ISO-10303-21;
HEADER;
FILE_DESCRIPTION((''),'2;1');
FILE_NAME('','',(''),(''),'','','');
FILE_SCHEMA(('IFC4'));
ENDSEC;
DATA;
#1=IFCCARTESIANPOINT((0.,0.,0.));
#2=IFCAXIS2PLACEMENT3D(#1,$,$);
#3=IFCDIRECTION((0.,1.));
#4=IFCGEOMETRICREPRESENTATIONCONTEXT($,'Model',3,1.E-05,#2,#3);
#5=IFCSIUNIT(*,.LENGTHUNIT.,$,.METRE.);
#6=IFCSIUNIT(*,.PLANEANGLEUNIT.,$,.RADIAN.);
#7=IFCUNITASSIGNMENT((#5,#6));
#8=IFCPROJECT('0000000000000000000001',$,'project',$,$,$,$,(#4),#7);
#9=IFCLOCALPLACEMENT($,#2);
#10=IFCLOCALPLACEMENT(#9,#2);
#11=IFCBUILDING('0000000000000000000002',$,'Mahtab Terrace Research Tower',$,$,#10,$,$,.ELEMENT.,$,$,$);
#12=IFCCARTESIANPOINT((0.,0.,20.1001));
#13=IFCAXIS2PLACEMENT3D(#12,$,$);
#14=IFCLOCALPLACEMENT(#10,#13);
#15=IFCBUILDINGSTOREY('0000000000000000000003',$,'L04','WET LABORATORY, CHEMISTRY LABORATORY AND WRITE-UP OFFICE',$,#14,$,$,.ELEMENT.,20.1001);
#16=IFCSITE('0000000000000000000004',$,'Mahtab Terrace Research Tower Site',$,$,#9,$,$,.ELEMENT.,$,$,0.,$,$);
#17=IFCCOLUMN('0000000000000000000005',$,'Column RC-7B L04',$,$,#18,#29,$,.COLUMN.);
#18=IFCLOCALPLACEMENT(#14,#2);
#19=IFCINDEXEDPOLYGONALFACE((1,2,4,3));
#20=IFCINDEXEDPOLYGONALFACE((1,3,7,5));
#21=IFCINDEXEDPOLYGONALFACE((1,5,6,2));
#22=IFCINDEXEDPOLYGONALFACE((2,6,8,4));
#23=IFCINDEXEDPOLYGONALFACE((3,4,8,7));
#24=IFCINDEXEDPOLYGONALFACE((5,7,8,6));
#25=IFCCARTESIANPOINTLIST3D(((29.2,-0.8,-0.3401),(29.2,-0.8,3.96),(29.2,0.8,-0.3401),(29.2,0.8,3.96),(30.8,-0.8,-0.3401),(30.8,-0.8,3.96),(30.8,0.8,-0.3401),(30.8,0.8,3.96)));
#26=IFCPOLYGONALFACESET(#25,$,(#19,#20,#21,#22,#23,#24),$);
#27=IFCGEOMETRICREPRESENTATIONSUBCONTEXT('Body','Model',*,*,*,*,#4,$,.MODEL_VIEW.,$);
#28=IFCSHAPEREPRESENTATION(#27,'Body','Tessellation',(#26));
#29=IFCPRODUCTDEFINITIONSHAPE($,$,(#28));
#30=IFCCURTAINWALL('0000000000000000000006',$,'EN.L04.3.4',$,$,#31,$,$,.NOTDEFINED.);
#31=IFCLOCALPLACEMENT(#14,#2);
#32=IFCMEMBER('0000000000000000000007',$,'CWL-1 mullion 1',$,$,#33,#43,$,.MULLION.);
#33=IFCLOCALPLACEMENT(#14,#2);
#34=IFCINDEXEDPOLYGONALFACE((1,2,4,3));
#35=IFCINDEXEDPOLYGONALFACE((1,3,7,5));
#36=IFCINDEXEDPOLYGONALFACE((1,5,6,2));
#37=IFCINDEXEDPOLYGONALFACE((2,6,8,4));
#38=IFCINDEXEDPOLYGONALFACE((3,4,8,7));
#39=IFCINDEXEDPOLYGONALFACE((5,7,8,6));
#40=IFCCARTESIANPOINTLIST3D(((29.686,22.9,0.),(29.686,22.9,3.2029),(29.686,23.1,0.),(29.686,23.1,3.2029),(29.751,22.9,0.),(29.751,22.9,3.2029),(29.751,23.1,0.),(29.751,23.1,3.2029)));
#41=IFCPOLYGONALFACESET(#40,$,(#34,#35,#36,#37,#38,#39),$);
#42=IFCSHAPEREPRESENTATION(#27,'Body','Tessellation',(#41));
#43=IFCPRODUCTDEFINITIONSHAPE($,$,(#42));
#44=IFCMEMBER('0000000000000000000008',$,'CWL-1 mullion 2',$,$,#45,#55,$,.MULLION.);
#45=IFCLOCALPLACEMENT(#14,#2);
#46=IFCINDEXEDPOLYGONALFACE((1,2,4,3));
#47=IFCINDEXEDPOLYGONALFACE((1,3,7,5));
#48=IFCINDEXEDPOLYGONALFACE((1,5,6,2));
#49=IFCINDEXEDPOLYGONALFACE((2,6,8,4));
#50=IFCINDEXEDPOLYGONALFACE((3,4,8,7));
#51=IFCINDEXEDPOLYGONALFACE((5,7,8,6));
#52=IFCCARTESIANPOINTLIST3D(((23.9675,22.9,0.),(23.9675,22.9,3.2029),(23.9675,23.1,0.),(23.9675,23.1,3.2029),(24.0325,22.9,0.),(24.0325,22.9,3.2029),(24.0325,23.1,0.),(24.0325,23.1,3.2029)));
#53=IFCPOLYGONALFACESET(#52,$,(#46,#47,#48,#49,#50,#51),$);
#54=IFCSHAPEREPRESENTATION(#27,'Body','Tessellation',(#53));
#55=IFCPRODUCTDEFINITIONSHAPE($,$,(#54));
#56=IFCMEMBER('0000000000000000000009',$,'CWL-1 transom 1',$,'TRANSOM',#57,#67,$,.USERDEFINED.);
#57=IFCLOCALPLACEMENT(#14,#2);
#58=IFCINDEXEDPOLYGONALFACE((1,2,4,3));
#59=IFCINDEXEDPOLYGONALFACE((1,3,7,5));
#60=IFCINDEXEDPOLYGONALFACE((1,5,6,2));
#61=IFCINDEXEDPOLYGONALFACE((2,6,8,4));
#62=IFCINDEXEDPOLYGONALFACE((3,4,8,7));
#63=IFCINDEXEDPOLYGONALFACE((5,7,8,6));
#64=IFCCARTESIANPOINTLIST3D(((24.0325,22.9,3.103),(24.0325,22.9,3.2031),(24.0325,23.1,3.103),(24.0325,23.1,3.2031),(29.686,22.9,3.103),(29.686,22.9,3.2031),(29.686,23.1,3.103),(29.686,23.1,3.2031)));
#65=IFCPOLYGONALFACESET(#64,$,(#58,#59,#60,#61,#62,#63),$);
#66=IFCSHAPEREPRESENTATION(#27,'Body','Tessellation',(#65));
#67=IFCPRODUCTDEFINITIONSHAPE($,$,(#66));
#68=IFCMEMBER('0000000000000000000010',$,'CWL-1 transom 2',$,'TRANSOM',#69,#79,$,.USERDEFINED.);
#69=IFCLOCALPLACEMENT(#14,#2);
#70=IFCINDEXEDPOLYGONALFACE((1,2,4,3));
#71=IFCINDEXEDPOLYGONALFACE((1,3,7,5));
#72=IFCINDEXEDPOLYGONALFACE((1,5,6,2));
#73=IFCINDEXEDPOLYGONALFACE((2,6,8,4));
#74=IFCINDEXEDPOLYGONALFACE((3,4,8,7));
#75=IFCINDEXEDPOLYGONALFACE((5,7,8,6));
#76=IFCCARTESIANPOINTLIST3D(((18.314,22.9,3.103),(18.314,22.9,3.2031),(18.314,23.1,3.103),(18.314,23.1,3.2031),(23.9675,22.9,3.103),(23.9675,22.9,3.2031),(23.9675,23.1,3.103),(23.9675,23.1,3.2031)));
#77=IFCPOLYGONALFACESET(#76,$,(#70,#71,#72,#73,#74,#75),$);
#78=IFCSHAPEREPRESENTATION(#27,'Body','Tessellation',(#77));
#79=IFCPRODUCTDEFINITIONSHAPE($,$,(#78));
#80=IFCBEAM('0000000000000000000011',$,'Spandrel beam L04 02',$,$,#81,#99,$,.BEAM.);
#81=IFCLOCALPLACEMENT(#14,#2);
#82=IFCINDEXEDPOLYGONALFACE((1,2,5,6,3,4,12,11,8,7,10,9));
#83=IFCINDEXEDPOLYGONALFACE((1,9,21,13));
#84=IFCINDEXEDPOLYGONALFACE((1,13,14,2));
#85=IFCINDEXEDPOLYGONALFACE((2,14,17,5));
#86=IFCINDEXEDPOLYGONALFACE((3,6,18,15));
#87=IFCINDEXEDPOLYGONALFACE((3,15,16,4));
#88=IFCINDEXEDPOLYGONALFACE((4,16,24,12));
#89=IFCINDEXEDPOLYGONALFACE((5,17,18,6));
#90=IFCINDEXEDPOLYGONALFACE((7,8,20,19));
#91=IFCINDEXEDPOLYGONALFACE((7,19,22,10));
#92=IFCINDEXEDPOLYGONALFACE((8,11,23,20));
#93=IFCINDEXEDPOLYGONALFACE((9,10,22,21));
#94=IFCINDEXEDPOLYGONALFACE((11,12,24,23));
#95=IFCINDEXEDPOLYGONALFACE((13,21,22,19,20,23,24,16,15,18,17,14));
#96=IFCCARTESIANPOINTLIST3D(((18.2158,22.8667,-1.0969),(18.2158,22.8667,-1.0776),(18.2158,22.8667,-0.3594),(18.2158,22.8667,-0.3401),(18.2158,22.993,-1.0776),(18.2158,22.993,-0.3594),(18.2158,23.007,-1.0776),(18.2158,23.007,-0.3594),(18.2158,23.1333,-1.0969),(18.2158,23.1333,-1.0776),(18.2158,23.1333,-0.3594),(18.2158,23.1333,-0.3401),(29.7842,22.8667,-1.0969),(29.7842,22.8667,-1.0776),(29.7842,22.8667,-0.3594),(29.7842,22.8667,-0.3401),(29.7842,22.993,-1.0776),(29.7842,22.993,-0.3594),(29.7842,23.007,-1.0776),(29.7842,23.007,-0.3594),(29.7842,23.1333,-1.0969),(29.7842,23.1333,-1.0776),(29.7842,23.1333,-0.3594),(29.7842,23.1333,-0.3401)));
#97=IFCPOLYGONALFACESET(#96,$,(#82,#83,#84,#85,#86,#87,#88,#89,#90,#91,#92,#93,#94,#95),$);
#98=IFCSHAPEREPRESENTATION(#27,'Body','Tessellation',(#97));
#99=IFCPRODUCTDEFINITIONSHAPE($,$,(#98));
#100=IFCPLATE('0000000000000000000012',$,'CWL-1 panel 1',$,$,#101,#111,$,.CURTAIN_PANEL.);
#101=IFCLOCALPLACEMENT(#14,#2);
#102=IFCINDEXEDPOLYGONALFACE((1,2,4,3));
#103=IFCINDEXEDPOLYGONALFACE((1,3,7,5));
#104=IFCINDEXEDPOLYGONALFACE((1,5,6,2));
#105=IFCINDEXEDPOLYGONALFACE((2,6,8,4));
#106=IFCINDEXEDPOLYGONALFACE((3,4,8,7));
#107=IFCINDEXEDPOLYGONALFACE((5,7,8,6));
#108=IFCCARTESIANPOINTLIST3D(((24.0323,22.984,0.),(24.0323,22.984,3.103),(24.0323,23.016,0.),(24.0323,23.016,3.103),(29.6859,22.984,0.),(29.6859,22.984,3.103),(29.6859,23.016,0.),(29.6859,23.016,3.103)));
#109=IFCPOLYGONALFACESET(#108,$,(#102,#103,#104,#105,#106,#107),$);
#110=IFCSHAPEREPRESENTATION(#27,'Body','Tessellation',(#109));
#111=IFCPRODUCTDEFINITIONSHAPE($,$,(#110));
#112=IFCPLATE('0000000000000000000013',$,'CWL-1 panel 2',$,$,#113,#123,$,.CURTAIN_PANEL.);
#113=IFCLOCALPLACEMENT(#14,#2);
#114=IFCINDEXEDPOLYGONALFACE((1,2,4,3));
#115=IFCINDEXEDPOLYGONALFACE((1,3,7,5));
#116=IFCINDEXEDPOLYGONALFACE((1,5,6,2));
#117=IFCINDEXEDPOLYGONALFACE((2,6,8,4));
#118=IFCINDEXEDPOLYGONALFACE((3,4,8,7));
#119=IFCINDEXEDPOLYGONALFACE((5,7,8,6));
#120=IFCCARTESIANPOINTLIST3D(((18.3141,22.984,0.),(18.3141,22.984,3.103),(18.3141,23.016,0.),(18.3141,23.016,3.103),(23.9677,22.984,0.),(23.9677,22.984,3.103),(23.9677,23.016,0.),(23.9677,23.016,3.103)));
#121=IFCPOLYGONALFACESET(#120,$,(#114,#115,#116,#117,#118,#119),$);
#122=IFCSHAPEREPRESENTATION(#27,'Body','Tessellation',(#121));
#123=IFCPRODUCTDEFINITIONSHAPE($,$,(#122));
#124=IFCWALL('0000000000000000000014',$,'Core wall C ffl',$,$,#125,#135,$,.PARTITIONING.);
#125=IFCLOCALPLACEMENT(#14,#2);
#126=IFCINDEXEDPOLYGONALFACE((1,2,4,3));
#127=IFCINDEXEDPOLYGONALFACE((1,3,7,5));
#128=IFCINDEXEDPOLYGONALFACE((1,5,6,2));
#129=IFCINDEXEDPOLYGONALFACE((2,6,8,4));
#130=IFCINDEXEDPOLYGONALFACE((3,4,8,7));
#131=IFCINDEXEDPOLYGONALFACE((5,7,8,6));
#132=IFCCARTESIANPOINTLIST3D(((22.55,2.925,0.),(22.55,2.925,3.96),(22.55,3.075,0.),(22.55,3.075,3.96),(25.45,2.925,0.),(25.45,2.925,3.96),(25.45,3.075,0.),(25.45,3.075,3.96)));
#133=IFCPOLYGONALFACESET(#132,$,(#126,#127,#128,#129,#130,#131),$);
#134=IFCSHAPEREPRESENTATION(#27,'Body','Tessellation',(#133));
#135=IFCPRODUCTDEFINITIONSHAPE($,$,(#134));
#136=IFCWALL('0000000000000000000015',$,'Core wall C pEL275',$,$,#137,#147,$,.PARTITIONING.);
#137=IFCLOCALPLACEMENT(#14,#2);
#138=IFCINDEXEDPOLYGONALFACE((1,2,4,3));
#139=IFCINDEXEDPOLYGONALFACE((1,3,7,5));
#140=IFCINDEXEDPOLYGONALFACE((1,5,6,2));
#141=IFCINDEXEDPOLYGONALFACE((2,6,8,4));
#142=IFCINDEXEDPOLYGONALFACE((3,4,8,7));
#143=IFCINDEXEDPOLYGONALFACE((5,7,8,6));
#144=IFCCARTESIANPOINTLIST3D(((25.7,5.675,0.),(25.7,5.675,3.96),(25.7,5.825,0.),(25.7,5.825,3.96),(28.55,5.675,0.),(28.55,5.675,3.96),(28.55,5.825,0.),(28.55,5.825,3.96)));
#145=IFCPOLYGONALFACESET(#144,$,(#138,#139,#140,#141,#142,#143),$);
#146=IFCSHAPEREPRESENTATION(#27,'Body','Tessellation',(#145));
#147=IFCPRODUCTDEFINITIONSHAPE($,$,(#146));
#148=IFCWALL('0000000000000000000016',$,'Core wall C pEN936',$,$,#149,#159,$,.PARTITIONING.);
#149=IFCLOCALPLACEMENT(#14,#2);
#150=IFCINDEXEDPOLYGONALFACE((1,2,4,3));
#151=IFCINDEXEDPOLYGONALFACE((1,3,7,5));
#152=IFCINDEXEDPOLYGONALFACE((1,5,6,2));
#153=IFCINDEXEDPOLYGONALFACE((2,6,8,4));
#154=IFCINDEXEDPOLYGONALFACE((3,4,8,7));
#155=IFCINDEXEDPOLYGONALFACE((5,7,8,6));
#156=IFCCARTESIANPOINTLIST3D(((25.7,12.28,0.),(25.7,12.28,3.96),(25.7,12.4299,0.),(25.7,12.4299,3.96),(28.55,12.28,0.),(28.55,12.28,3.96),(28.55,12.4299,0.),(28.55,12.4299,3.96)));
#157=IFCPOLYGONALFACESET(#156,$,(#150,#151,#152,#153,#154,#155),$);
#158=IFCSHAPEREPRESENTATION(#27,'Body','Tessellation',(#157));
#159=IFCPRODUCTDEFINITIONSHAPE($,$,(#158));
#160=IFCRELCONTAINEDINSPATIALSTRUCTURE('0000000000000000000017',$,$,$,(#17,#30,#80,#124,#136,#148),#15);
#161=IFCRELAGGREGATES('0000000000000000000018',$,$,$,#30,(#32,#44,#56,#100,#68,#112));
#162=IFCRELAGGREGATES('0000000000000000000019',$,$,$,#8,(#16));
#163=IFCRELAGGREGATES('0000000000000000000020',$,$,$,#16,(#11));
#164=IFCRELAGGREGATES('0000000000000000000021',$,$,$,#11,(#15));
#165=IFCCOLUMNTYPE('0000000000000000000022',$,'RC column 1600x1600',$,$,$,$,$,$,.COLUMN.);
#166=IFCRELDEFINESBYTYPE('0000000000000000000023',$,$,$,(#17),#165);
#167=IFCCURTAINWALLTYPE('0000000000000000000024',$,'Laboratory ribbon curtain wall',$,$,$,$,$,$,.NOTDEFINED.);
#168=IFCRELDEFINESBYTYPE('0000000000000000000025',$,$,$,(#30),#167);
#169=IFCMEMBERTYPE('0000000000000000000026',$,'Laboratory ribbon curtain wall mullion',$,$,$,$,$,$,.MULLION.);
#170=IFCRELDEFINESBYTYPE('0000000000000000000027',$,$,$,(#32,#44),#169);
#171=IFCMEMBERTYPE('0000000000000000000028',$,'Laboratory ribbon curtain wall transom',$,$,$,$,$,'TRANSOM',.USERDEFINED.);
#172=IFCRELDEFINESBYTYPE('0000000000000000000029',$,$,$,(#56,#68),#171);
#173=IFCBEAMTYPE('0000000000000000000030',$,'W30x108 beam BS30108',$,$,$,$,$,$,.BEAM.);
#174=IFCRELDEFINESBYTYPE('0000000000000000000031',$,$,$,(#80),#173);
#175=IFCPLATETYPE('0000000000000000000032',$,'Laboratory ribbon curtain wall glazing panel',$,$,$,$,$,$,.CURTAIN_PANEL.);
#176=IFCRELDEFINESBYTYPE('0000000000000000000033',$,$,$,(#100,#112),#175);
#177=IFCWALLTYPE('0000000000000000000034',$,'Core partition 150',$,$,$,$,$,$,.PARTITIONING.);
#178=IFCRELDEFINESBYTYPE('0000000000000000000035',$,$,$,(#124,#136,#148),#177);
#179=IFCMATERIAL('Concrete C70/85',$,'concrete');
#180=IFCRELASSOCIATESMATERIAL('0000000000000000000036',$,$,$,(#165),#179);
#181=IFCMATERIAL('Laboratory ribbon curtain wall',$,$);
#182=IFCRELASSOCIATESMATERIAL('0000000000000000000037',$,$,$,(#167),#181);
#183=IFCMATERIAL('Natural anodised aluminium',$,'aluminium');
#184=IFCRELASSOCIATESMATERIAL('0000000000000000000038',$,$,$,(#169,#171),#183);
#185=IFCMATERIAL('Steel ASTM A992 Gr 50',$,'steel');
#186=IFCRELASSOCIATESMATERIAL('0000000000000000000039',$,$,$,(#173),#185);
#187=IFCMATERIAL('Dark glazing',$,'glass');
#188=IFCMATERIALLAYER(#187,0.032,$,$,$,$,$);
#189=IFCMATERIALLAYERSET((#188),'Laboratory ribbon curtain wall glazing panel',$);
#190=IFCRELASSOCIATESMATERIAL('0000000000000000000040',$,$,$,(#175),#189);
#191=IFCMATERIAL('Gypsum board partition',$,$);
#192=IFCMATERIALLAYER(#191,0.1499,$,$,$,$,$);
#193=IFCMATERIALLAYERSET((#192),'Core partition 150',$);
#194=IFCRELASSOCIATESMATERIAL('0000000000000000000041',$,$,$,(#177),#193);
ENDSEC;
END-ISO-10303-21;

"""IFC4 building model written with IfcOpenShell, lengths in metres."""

from ifc_helpers import new_model, si_unit, direction, frame, frame_2d, origin, origin_2d, place, context, subcontext, project, spatial, rectangle, i_section, extrude, material, layer, layer_set, material_profile, profile_set, type_object, element, aggregate, save


model = new_model("IFC4")

# Units and contexts
model_context = context("Model", 3, precision=1e-05, world=origin(), true_north=direction((0.0, 1.0)))
body_context = subcontext(model_context, "Body", "Model", "MODEL_VIEW")
ifc_project = project(units=[si_unit("LENGTHUNIT", "METRE"), si_unit("PLANEANGLEUNIT", "RADIAN")], contexts=[model_context])

# Site, building, storey
site_placement = place(None, origin())
site = spatial("IfcSite", under=ifc_project, at=site_placement, Name="Mahtab Terrace Research Tower Site", CompositionType="ELEMENT", RefElevation=0.0)
building_placement = place(site_placement, origin())
building = spatial("IfcBuilding", under=site, at=building_placement, Name="Mahtab Terrace Research Tower", CompositionType="ELEMENT")
storey_placement = place(building_placement, frame((0.0, 0.0, 20.1001)))
storey = spatial("IfcBuildingStorey", under=building, at=storey_placement, Name="L04", Description="WET LABORATORY, CHEMISTRY LABORATORY AND WRITE-UP OFFICE", CompositionType="ELEMENT", Elevation=20.1001)

# Column
ifc_material_1 = material(Name="Concrete C70/85", Category="concrete")
ifc_material_profile_1 = material_profile(ifc_material_1, rectangle(XDim=1.6001, YDim=1.6001, at=origin_2d()), Name="RC column 1600x1600")
ifc_profile_set_1 = profile_set([ifc_material_profile_1], Name="Concrete C70/85")
column_type = type_object("IfcColumnType", Name="RC column 1600x1600", PredefinedType="COLUMN", material=ifc_profile_set_1)
column_placement = place(storey_placement, frame((30.0, 0.0, -0.3401), z_axis=(0.0, 0.0, 1.0), x_axis=(1.0, 0.0, 0.0)))
element("IfcColumn", 1, at=column_placement, inside=storey, type_object=column_type, Name="Column RC-7B L04", PredefinedType="COLUMN", context=body_context, shape_type="SweptSolid", body=[
    extrude(rectangle(XDim=1.6001, YDim=1.6001, at=origin_2d()), origin(), (0.0, 0.0, 1.0), 4.3),
])

# Curtain wall, members
ifc_material_2 = material(Name="Laboratory ribbon curtain wall")
curtain_wall_type = type_object("IfcCurtainWallType", Name="Laboratory ribbon curtain wall", PredefinedType="NOTDEFINED", material=ifc_material_2)
curtain_wall_placement = place(storey_placement, origin())
curtain_wall = element("IfcCurtainWall", 2, at=curtain_wall_placement, inside=storey, type_object=curtain_wall_type, Name="EN.L04.3.4", PredefinedType="NOTDEFINED")
ifc_material_3 = material(Name="Natural anodised aluminium", Category="aluminium")
ifc_material_profile_2 = material_profile(ifc_material_3, rectangle(XDim=0.2, YDim=0.0649, at=origin_2d()), Name="MULLION 65x200")
ifc_profile_set_2 = profile_set([ifc_material_profile_2], Name="Natural anodised aluminium")
member_type_1 = type_object("IfcMemberType", Name="Laboratory ribbon curtain wall mullion", PredefinedType="MULLION", material=ifc_profile_set_2)
member_1_placement = place(storey_placement, frame((29.7185, 23.0, 0.0), z_axis=(0.0, 0.0, 1.0), x_axis=(0.0, -1.0, 0.0)))
member_1 = element("IfcMember", 3, at=member_1_placement, type_object=member_type_1, Name="CWL-1 mullion 1", PredefinedType="MULLION", context=body_context, shape_type="SweptSolid", body=[
    extrude(rectangle(XDim=0.2, YDim=0.0649, at=origin_2d()), origin(), (0.0, 0.0, 1.0), 3.2029),
])
member_2_placement = place(storey_placement, frame((24.0, 23.0, 0.0), z_axis=(0.0, 0.0, 1.0), x_axis=(0.0, -1.0, 0.0)))
member_2 = element("IfcMember", 4, at=member_2_placement, type_object=member_type_1, Name="CWL-1 mullion 2", PredefinedType="MULLION", context=body_context, shape_type="SweptSolid", body=[
    extrude(rectangle(XDim=0.2, YDim=0.0649, at=origin_2d()), origin(), (0.0, 0.0, 1.0), 3.2029),
])
ifc_material_profile_3 = material_profile(ifc_material_3, rectangle(XDim=0.2, YDim=0.1001, at=origin_2d()), Name="TRANSOM 100x200")
ifc_profile_set_3 = profile_set([ifc_material_profile_3], Name="Natural anodised aluminium")
member_type_2 = type_object("IfcMemberType", Name="Laboratory ribbon curtain wall transom", ElementType="TRANSOM", PredefinedType="USERDEFINED", material=ifc_profile_set_3)
member_3_placement = place(storey_placement, frame((29.686, 23.0, 3.1531), z_axis=(-1.0, 0.0, 0.0), x_axis=(0.0, -1.0, 0.0)))
member_3 = element("IfcMember", 5, at=member_3_placement, type_object=member_type_2, Name="CWL-1 transom 1", ObjectType="TRANSOM", PredefinedType="USERDEFINED", context=body_context, shape_type="SweptSolid", body=[
    extrude(rectangle(XDim=0.2, YDim=0.1001, at=origin_2d()), origin(), (0.0, 0.0, 1.0), 5.6536),
])
member_4_placement = place(storey_placement, frame((23.9675, 23.0, 3.1531), z_axis=(-1.0, 0.0, 0.0), x_axis=(0.0, -1.0, 0.0)))
member_4 = element("IfcMember", 6, at=member_4_placement, type_object=member_type_2, Name="CWL-1 transom 2", ObjectType="TRANSOM", PredefinedType="USERDEFINED", context=body_context, shape_type="SweptSolid", body=[
    extrude(rectangle(XDim=0.2, YDim=0.1001, at=origin_2d()), origin(), (0.0, 0.0, 1.0), 5.6536),
])

# Beam
ifc_material_4 = material(Name="Steel ASTM A992 Gr 50", Category="steel")
ifc_material_profile_4 = material_profile(ifc_material_4, i_section(OverallWidth=0.2666, OverallDepth=0.7568, WebThickness=0.0139, FlangeThickness=0.0193, at=origin_2d()), Name="W30X108")
ifc_profile_set_4 = profile_set([ifc_material_profile_4], Name="Steel ASTM A992 Gr 50")
beam_type = type_object("IfcBeamType", Name="W30x108 beam BS30108", PredefinedType="BEAM", material=ifc_profile_set_4)
beam_placement = place(storey_placement, frame((29.7842, 23.0, -0.7185), z_axis=(-1.0, 0.0, 0.0), x_axis=(0.0, -1.0, 0.0)))
element("IfcBeam", 7, at=beam_placement, inside=storey, type_object=beam_type, Name="Spandrel beam L04 02", PredefinedType="BEAM", context=body_context, shape_type="SweptSolid", body=[
    extrude(i_section(OverallWidth=0.2666, OverallDepth=0.7568, WebThickness=0.0139, FlangeThickness=0.0193, at=origin_2d()), origin(), (0.0, 0.0, 1.0), 11.5684),
])

# Plates
ifc_material_5 = material(Name="Dark glazing", Category="glass")
ifc_layer_1 = layer(ifc_material_5, 0.032)
ifc_layer_set_1 = layer_set([ifc_layer_1], Name="Laboratory ribbon curtain wall glazing panel")
plate_type = type_object("IfcPlateType", Name="Laboratory ribbon curtain wall glazing panel", PredefinedType="CURTAIN_PANEL", material=ifc_layer_set_1)
plate_1_placement = place(storey_placement, frame((26.8591, 23.0, 0.0), z_axis=(0.0, 0.0, 1.0), x_axis=(-1.0, 0.0, 0.0)))
plate_1 = element("IfcPlate", 8, at=plate_1_placement, type_object=plate_type, Name="CWL-1 panel 1", PredefinedType="CURTAIN_PANEL", context=body_context, shape_type="SweptSolid", body=[
    extrude(rectangle(XDim=5.6536, YDim=0.032, at=origin_2d()), origin(), (0.0, 0.0, 1.0), 3.103),
])
plate_2_placement = place(storey_placement, frame((21.1409, 23.0, 0.0), z_axis=(0.0, 0.0, 1.0), x_axis=(-1.0, 0.0, 0.0)))
plate_2 = element("IfcPlate", 9, at=plate_2_placement, type_object=plate_type, Name="CWL-1 panel 2", PredefinedType="CURTAIN_PANEL", context=body_context, shape_type="SweptSolid", body=[
    extrude(rectangle(XDim=5.6536, YDim=0.032, at=origin_2d()), origin(), (0.0, 0.0, 1.0), 3.103),
])
aggregate(curtain_wall, [member_1, member_2, member_3, plate_1, member_4, plate_2])

# Walls
ifc_material_6 = material(Name="Gypsum board partition")
ifc_layer_2 = layer(ifc_material_6, 0.1499)
ifc_layer_set_2 = layer_set([ifc_layer_2], Name="Core partition 150")
wall_type_1 = type_object("IfcWallType", Name="Core partition 150", PredefinedType="PARTITIONING", material=ifc_layer_set_2)
wall_1_placement = place(storey_placement, frame((22.55, 3.0, 0.0), z_axis=(0.0, 0.0, 1.0), x_axis=(1.0, 0.0, 0.0)))
element("IfcWall", 10, at=wall_1_placement, inside=storey, type_object=wall_type_1, Name="Core wall C ffl", PredefinedType="PARTITIONING", context=body_context, shape_type="SweptSolid", body=[
    extrude(rectangle(XDim=2.8999, YDim=0.1499, at=frame_2d((1.45, 0.0))), origin(), (0.0, 0.0, 1.0), 3.96),
])
for number, where, z_axis, x_axis, name in (
    (11, (25.7, 5.75, 0.0), (0.0, 0.0, 1.0), (1.0, 0.0, 0.0), "Core wall C pEL275"),
    (12, (25.7, 12.355, 0.0), (0.0, 0.0, 1.0), (1.0, 0.0, 0.0), "Core wall C pEN936"),
):
    element("IfcWall", number, at=place(storey_placement, frame(where, z_axis=z_axis, x_axis=x_axis)), inside=storey, type_object=wall_type_1, Name=name, PredefinedType="PARTITIONING", context=body_context, shape_type="SweptSolid", body=[
        extrude(rectangle(XDim=2.8501, YDim=0.1499, at=frame_2d((1.425, 0.0))), origin(), (0.0, 0.0, 1.0), 3.96),
    ])

save(model, "model.ifc")
